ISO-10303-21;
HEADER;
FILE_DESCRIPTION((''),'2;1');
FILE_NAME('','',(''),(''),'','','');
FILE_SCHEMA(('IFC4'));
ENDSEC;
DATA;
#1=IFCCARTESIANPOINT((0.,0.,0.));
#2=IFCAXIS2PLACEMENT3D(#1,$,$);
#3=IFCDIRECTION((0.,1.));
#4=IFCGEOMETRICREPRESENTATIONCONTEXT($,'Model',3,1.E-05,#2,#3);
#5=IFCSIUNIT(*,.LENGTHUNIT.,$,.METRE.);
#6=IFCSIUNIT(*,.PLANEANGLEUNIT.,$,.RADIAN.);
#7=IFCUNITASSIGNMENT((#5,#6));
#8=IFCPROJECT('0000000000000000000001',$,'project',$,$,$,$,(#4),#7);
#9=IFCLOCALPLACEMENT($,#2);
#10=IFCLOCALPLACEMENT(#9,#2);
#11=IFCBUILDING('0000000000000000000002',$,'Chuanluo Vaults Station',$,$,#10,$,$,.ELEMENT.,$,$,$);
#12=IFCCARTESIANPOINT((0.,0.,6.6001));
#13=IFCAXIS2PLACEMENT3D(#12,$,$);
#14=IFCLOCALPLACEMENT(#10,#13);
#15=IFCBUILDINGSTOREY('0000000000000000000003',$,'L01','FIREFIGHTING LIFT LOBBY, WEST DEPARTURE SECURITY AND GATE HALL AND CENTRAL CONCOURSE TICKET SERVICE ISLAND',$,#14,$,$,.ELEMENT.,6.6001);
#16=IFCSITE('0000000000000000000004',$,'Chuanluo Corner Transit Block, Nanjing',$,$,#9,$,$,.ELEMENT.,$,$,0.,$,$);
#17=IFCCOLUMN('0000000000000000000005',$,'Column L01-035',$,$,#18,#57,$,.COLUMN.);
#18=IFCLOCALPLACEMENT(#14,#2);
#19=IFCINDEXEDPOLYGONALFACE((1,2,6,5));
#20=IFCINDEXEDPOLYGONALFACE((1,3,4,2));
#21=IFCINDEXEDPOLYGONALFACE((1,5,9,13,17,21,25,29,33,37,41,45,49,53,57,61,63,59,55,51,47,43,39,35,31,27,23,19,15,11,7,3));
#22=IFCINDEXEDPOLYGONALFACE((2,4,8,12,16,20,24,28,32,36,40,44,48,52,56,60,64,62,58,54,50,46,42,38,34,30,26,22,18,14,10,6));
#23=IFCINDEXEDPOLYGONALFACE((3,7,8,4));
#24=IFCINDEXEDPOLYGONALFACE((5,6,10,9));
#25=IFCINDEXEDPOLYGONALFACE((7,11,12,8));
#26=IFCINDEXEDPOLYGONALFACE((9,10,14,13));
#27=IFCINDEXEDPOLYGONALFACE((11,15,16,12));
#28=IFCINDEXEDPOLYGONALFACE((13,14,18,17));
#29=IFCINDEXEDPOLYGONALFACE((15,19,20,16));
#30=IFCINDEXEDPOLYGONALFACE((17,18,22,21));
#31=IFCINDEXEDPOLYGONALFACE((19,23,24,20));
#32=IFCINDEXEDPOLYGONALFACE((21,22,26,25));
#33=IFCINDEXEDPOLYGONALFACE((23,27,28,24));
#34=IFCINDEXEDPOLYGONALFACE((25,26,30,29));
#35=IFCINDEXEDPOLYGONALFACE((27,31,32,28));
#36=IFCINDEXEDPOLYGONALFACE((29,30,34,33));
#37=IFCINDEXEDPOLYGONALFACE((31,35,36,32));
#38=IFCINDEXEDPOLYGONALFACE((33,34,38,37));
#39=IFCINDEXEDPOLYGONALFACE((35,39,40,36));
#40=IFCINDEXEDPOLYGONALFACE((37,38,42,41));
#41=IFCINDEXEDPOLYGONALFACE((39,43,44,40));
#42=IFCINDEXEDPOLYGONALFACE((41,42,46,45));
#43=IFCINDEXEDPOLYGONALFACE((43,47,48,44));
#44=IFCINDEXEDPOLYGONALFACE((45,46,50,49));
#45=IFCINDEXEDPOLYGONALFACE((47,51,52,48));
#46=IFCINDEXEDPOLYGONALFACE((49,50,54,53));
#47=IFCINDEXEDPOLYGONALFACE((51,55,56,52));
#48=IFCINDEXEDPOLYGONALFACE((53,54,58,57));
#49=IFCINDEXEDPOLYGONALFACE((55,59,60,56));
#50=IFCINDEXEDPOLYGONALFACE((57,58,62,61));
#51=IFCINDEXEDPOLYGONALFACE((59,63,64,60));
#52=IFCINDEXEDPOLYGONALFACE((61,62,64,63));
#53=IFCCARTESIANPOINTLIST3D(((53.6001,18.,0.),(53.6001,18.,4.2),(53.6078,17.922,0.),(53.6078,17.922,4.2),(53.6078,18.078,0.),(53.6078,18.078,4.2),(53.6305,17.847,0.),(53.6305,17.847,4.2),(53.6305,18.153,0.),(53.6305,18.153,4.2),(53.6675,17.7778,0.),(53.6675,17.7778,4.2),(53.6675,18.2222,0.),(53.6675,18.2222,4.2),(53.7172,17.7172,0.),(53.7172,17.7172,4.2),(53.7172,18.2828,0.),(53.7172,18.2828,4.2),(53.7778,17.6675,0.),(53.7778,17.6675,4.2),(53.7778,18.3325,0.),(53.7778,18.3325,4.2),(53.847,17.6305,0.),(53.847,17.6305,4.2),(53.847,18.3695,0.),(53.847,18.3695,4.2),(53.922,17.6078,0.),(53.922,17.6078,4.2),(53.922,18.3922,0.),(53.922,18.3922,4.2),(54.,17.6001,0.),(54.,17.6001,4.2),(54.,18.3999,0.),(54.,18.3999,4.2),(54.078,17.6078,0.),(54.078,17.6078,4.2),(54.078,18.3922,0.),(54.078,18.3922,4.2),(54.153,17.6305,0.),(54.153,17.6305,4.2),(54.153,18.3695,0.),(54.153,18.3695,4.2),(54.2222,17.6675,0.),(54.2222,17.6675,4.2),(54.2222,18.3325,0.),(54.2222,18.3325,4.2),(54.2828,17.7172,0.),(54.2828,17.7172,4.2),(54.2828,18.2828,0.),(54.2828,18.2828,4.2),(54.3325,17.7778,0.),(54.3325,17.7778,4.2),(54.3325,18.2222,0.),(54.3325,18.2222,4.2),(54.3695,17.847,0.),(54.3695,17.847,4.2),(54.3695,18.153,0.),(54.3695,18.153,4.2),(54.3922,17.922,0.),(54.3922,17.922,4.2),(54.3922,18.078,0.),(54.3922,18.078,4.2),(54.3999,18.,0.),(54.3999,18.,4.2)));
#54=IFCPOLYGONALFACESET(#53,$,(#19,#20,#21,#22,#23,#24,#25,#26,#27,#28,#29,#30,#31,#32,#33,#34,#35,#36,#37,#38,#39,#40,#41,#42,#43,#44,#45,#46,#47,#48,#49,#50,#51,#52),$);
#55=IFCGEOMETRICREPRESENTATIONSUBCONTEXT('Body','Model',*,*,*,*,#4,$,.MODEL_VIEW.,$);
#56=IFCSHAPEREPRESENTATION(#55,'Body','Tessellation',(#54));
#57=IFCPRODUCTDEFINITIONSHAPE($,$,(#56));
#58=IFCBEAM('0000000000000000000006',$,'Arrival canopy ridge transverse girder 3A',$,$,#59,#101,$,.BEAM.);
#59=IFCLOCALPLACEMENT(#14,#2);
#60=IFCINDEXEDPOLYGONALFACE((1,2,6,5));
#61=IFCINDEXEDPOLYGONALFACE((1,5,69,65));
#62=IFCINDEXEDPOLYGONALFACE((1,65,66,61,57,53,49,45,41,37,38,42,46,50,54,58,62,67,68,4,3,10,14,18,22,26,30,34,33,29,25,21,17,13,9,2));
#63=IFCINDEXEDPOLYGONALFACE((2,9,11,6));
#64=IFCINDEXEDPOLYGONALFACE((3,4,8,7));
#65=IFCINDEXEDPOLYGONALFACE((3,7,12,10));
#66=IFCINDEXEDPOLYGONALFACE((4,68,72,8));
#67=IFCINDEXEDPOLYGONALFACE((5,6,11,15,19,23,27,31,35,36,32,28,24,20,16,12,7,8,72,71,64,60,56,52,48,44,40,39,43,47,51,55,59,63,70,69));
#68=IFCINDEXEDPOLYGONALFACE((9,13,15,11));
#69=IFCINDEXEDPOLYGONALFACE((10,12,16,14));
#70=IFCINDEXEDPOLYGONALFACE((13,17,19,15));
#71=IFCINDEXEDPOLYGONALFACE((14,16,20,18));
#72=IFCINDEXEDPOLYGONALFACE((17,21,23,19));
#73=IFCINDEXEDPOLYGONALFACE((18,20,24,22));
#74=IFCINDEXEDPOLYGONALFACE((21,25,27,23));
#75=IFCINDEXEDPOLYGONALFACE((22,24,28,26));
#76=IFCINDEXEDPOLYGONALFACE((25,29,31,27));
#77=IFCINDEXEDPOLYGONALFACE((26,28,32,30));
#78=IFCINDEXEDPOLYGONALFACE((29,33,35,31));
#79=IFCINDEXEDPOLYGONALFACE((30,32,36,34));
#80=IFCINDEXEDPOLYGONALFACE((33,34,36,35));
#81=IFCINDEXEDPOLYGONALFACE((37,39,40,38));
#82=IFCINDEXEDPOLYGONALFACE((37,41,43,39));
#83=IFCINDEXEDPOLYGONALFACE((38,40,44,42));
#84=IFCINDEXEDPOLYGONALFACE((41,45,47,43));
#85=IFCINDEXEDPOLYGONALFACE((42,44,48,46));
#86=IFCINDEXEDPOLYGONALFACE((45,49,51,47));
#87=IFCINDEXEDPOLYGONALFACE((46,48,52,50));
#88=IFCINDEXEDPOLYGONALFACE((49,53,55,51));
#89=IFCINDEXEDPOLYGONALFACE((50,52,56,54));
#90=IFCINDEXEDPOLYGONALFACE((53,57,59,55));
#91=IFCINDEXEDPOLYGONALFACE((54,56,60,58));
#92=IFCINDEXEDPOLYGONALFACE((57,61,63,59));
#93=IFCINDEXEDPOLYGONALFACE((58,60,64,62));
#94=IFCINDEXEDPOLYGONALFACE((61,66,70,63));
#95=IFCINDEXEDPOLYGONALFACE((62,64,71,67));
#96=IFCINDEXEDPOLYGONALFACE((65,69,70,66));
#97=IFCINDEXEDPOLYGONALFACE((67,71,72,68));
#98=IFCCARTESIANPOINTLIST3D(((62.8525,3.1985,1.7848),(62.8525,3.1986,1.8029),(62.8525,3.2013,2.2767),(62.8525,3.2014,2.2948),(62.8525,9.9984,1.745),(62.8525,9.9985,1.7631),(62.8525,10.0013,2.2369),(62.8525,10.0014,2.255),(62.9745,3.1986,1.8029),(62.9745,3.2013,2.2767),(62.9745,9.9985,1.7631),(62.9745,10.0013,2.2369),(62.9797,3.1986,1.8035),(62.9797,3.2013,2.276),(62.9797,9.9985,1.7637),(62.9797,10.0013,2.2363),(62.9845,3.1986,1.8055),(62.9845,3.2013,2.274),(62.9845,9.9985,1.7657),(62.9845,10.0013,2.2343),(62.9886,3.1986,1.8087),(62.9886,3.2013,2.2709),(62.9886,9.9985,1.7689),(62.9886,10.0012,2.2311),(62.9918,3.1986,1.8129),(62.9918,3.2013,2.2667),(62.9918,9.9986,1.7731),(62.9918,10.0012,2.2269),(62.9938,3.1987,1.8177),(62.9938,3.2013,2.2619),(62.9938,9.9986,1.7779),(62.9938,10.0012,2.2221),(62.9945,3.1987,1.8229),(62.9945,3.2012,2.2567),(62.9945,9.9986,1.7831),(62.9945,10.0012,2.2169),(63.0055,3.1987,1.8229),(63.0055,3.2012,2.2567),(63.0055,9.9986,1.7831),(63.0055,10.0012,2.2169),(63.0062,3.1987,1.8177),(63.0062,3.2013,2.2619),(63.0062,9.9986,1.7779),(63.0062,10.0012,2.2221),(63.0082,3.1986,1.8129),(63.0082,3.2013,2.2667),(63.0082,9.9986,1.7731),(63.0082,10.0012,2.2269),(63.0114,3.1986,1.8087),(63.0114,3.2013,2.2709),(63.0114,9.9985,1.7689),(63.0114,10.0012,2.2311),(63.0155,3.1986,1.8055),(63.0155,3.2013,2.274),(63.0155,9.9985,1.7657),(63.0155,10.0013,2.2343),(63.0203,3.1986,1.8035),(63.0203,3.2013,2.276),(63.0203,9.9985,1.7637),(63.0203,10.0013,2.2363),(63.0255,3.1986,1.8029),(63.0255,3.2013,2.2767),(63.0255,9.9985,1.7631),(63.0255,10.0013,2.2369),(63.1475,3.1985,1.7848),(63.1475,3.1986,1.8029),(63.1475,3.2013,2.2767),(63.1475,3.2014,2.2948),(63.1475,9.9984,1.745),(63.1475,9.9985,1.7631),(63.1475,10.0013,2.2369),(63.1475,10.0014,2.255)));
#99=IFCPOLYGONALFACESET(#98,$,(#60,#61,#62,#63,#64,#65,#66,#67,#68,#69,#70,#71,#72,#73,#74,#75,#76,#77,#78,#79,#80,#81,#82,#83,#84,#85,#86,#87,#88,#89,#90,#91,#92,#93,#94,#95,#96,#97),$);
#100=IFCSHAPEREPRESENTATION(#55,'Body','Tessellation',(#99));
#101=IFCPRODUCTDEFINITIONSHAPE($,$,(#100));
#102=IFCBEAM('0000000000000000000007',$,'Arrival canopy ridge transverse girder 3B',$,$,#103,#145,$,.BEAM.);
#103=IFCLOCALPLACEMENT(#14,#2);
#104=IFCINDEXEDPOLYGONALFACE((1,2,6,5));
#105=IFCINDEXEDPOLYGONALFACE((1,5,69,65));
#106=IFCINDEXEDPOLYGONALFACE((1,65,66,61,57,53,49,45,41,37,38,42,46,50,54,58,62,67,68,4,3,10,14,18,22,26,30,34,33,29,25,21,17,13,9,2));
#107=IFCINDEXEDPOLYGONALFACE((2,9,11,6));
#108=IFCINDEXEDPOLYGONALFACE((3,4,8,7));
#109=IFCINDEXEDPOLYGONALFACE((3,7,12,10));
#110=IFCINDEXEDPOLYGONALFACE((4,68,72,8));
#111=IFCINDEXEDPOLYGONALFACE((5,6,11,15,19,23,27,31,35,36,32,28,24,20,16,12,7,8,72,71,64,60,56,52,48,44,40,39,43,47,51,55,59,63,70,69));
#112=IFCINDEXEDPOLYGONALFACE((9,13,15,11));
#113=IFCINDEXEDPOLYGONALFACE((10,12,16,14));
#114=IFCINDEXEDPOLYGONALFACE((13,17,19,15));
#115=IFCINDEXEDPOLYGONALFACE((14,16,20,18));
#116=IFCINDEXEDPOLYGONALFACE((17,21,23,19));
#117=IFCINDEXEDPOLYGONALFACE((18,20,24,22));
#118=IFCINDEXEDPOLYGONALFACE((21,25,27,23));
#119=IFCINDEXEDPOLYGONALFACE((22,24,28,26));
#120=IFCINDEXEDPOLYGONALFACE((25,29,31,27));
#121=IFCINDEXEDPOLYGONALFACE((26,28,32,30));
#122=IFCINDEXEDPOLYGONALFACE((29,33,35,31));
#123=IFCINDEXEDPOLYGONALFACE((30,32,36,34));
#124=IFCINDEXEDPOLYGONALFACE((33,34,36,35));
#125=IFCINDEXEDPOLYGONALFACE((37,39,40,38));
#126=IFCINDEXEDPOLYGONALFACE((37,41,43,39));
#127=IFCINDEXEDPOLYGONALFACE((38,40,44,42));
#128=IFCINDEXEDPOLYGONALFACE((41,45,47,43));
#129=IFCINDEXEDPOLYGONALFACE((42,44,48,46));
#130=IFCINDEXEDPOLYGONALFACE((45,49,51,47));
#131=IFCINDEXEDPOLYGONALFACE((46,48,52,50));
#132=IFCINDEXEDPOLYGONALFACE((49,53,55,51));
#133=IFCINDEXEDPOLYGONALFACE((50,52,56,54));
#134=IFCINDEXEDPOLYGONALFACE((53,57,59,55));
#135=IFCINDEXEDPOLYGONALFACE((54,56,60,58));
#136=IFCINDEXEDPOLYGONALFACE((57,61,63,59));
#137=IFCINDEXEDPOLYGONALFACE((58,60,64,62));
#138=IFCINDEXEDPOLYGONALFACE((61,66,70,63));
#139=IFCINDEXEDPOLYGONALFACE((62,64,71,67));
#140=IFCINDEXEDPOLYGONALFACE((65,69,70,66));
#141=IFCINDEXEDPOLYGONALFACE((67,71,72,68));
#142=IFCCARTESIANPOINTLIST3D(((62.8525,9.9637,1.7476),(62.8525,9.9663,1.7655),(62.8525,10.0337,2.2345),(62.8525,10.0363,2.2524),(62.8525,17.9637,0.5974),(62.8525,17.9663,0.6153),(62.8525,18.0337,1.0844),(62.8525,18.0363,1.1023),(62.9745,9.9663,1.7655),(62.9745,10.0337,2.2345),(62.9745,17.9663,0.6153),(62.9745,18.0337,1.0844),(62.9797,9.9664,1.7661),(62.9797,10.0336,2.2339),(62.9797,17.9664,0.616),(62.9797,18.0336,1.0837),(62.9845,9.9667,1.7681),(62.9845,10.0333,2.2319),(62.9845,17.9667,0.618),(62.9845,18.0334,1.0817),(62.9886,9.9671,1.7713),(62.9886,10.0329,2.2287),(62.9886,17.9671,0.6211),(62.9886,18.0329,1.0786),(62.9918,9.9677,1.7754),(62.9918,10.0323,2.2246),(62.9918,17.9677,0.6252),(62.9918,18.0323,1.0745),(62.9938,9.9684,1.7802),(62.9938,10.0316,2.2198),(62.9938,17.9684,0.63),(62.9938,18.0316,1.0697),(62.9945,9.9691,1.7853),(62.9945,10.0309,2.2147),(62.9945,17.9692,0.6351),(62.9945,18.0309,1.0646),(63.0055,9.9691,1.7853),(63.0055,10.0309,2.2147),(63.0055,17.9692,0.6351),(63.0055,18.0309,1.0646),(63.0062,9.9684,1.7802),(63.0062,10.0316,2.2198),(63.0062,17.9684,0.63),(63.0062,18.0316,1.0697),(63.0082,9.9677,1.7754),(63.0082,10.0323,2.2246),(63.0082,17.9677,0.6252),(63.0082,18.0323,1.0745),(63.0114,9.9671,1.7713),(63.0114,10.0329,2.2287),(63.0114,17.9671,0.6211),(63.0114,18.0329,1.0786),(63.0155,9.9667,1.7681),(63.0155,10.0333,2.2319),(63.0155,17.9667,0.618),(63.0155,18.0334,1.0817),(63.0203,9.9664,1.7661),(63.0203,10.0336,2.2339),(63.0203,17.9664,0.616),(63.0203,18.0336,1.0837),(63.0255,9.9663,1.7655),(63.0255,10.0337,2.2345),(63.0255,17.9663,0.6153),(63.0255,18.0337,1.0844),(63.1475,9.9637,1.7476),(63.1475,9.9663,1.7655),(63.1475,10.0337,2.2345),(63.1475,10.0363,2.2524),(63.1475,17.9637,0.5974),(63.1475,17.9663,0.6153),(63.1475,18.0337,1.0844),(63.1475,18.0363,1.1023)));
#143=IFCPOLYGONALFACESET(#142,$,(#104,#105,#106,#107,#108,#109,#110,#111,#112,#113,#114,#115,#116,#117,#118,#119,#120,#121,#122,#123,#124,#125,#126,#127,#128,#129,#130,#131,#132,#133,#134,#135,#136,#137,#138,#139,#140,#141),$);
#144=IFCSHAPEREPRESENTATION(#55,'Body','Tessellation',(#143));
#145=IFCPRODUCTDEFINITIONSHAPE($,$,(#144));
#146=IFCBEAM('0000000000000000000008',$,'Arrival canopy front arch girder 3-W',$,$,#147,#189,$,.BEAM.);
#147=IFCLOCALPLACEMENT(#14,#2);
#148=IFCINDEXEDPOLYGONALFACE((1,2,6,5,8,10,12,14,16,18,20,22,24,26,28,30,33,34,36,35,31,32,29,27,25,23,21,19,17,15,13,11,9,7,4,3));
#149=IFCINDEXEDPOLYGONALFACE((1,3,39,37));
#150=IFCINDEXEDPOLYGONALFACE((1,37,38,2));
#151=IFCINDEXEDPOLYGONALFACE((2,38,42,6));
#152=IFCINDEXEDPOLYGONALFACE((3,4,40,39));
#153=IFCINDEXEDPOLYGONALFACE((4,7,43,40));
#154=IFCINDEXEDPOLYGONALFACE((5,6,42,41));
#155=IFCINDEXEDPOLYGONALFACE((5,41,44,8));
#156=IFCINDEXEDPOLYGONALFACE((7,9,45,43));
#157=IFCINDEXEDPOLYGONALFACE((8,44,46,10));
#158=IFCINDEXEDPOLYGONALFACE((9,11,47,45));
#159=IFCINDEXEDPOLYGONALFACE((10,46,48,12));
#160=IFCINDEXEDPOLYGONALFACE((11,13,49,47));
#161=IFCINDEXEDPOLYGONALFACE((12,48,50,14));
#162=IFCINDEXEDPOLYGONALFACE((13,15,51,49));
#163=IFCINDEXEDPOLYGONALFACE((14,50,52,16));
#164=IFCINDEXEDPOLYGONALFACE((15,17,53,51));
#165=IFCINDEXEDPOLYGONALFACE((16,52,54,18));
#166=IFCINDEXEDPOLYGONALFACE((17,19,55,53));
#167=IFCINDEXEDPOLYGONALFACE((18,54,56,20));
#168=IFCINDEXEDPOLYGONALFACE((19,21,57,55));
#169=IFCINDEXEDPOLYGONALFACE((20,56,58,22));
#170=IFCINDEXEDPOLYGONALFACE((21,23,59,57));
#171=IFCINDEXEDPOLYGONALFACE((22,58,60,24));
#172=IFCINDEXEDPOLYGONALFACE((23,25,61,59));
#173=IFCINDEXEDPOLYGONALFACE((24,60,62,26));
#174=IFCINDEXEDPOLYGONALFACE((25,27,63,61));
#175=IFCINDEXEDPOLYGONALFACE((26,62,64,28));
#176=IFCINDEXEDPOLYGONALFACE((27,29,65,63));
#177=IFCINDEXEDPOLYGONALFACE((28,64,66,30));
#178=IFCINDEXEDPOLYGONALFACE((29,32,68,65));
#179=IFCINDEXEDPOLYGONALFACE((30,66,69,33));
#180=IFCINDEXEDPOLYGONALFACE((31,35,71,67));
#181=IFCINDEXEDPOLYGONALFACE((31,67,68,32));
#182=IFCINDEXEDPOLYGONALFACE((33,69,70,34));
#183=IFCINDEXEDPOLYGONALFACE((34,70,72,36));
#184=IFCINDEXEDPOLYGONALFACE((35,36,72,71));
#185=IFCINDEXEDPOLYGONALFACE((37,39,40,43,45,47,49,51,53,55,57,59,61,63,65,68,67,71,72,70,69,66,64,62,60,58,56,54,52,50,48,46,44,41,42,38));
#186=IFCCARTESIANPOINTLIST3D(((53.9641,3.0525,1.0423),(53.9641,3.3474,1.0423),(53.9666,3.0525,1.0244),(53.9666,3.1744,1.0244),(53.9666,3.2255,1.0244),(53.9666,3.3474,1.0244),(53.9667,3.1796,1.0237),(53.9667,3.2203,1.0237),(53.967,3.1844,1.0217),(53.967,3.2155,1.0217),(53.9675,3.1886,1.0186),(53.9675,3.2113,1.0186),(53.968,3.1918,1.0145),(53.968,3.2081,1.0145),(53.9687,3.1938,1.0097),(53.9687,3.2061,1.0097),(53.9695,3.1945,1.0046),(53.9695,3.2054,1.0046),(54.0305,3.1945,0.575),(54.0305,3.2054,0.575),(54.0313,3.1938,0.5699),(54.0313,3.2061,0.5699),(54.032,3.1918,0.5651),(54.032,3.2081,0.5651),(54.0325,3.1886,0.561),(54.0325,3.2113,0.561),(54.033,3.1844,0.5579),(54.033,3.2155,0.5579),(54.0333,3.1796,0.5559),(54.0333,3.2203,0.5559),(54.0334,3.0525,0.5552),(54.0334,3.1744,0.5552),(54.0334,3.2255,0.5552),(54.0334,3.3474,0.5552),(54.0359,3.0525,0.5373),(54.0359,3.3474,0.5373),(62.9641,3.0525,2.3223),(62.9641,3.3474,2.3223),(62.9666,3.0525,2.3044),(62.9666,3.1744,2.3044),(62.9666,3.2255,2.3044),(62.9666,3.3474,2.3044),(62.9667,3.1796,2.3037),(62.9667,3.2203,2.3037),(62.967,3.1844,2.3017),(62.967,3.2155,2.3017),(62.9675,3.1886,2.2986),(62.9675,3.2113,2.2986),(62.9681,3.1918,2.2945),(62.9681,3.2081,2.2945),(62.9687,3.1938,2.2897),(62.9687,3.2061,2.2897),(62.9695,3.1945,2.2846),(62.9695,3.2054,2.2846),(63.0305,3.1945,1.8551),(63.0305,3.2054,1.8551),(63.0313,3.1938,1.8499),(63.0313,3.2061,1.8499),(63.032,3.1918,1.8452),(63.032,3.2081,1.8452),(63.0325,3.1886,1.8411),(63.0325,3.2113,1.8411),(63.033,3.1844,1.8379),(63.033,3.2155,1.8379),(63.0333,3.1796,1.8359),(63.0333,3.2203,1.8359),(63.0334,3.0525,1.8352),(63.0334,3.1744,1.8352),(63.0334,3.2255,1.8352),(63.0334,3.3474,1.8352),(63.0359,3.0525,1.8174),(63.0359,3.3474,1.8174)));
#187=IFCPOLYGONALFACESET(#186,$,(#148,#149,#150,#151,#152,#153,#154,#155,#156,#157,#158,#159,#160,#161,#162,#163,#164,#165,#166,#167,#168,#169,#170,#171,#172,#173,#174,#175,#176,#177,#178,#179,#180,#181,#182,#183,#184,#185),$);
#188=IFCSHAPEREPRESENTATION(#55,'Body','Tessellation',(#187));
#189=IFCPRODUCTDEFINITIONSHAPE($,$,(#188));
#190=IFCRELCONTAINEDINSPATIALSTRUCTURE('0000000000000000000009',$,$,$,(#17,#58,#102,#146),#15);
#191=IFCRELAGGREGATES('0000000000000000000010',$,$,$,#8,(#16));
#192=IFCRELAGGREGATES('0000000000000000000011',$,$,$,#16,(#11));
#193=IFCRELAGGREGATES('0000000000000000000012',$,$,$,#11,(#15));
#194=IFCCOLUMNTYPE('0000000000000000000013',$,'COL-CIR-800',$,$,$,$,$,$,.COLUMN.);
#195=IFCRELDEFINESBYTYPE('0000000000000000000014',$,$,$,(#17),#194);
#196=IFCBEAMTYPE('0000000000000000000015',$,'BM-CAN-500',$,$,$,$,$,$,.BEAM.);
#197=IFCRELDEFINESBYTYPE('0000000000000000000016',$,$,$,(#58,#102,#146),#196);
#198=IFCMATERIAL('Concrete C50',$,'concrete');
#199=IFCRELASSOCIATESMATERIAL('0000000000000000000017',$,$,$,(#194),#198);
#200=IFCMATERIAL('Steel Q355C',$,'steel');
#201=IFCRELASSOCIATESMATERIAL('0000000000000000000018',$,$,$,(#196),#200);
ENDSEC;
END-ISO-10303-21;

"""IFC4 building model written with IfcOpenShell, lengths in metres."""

from ifc_helpers import new_model, si_unit, direction, frame, origin, origin_2d, place, context, subcontext, project, spatial, circle, i_section, extrude, material, material_profile, profile_set, type_object, element, save


model = new_model("IFC4")

# Units and contexts
model_context = context("Model", 3, precision=1e-05, world=origin(), true_north=direction((0.0, 1.0)))
body_context = subcontext(model_context, "Body", "Model", "MODEL_VIEW")
ifc_project = project(units=[si_unit("LENGTHUNIT", "METRE"), si_unit("PLANEANGLEUNIT", "RADIAN")], contexts=[model_context])

# Site, building, storey
site_placement = place(None, origin())
site = spatial("IfcSite", under=ifc_project, at=site_placement, Name="Chuanluo Corner Transit Block, Nanjing", CompositionType="ELEMENT", RefElevation=0.0)
building_placement = place(site_placement, origin())
building = spatial("IfcBuilding", under=site, at=building_placement, Name="Chuanluo Vaults Station", CompositionType="ELEMENT")
storey_placement = place(building_placement, frame((0.0, 0.0, 6.6001)))
storey = spatial("IfcBuildingStorey", under=building, at=storey_placement, Name="L01", Description="FIREFIGHTING LIFT LOBBY, WEST DEPARTURE SECURITY AND GATE HALL AND CENTRAL CONCOURSE TICKET SERVICE ISLAND", CompositionType="ELEMENT", Elevation=6.6001)

# Column
ifc_material_1 = material(Name="Concrete C50", Category="concrete")
ifc_material_profile_1 = material_profile(ifc_material_1, circle(Radius=0.3999, at=origin_2d()))
ifc_profile_set_1 = profile_set([ifc_material_profile_1], Name="Concrete C50")
column_type = type_object("IfcColumnType", Name="COL-CIR-800", PredefinedType="COLUMN", material=ifc_profile_set_1)
column_placement = place(storey_placement, frame((54.0, 18.0, 0.0), z_axis=(0.0, 0.0, 1.0), x_axis=(1.0, 0.0, 0.0)))
element("IfcColumn", 1, at=column_placement, inside=storey, type_object=column_type, Name="Column L01-035", PredefinedType="COLUMN", context=body_context, shape_type="SweptSolid", body=[
    extrude(circle(Radius=0.3999, at=origin_2d()), origin(), (0.0, 0.0, 1.0), 4.2),
])

# Beams
ifc_material_2 = material(Name="Steel Q355C", Category="steel")
ifc_material_profile_2 = material_profile(ifc_material_2, i_section(OverallWidth=0.2949, OverallDepth=0.51, WebThickness=0.011, FlangeThickness=0.0181, FilletRadius=0.02, at=origin_2d()))
ifc_profile_set_2 = profile_set([ifc_material_profile_2], Name="Steel Q355C")
beam_type_1 = type_object("IfcBeamType", Name="BM-CAN-500", PredefinedType="BEAM", material=ifc_profile_set_2)
beam_1_placement = place(storey_placement, frame((63.0, 3.2, 2.0398), z_axis=(0.0, 0.999983, -0.005852), x_axis=(-1.0, 0.0, 0.0)))
element("IfcBeam", 2, at=beam_1_placement, inside=storey, type_object=beam_type_1, Name="Arrival canopy ridge transverse girder 3A", PredefinedType="BEAM", context=body_context, shape_type="SweptSolid", body=[
    extrude(i_section(OverallWidth=0.2949, OverallDepth=0.51, WebThickness=0.011, FlangeThickness=0.0181, FilletRadius=0.02, at=origin_2d()), origin(), (0.0, 0.0, 1.0), 6.8),
])
beam_2_placement = place(storey_placement, frame((63.0, 10.0, 2.0), z_axis=(0.0, 0.989823, -0.142305), x_axis=(-1.0, 0.0, 0.0)))
element("IfcBeam", 3, at=beam_2_placement, inside=storey, type_object=beam_type_1, Name="Arrival canopy ridge transverse girder 3B", PredefinedType="BEAM", context=body_context, shape_type="SweptSolid", body=[
    extrude(i_section(OverallWidth=0.2949, OverallDepth=0.51, WebThickness=0.011, FlangeThickness=0.0181, FilletRadius=0.02, at=origin_2d()), origin(), (0.0, 0.0, 1.0), 8.0823),
])
for number, where, z_axis, x_axis, name in (
    (4, (54.0, 3.2, 0.7898), (0.990037, 0.0, 0.140808), (0.0, 1.0, 0.0), "Arrival canopy front arch girder 3-W"),
):
    element("IfcBeam", number, at=place(storey_placement, frame(where, z_axis=z_axis, x_axis=x_axis)), inside=storey, type_object=beam_type_1, Name=name, PredefinedType="BEAM", context=body_context, shape_type="SweptSolid", body=[
        extrude(i_section(OverallWidth=0.2949, OverallDepth=0.51, WebThickness=0.011, FlangeThickness=0.0181, FilletRadius=0.02, at=origin_2d()), origin(), (0.0, 0.0, 1.0), 9.0906),
    ])

save(model, "model.ifc")
